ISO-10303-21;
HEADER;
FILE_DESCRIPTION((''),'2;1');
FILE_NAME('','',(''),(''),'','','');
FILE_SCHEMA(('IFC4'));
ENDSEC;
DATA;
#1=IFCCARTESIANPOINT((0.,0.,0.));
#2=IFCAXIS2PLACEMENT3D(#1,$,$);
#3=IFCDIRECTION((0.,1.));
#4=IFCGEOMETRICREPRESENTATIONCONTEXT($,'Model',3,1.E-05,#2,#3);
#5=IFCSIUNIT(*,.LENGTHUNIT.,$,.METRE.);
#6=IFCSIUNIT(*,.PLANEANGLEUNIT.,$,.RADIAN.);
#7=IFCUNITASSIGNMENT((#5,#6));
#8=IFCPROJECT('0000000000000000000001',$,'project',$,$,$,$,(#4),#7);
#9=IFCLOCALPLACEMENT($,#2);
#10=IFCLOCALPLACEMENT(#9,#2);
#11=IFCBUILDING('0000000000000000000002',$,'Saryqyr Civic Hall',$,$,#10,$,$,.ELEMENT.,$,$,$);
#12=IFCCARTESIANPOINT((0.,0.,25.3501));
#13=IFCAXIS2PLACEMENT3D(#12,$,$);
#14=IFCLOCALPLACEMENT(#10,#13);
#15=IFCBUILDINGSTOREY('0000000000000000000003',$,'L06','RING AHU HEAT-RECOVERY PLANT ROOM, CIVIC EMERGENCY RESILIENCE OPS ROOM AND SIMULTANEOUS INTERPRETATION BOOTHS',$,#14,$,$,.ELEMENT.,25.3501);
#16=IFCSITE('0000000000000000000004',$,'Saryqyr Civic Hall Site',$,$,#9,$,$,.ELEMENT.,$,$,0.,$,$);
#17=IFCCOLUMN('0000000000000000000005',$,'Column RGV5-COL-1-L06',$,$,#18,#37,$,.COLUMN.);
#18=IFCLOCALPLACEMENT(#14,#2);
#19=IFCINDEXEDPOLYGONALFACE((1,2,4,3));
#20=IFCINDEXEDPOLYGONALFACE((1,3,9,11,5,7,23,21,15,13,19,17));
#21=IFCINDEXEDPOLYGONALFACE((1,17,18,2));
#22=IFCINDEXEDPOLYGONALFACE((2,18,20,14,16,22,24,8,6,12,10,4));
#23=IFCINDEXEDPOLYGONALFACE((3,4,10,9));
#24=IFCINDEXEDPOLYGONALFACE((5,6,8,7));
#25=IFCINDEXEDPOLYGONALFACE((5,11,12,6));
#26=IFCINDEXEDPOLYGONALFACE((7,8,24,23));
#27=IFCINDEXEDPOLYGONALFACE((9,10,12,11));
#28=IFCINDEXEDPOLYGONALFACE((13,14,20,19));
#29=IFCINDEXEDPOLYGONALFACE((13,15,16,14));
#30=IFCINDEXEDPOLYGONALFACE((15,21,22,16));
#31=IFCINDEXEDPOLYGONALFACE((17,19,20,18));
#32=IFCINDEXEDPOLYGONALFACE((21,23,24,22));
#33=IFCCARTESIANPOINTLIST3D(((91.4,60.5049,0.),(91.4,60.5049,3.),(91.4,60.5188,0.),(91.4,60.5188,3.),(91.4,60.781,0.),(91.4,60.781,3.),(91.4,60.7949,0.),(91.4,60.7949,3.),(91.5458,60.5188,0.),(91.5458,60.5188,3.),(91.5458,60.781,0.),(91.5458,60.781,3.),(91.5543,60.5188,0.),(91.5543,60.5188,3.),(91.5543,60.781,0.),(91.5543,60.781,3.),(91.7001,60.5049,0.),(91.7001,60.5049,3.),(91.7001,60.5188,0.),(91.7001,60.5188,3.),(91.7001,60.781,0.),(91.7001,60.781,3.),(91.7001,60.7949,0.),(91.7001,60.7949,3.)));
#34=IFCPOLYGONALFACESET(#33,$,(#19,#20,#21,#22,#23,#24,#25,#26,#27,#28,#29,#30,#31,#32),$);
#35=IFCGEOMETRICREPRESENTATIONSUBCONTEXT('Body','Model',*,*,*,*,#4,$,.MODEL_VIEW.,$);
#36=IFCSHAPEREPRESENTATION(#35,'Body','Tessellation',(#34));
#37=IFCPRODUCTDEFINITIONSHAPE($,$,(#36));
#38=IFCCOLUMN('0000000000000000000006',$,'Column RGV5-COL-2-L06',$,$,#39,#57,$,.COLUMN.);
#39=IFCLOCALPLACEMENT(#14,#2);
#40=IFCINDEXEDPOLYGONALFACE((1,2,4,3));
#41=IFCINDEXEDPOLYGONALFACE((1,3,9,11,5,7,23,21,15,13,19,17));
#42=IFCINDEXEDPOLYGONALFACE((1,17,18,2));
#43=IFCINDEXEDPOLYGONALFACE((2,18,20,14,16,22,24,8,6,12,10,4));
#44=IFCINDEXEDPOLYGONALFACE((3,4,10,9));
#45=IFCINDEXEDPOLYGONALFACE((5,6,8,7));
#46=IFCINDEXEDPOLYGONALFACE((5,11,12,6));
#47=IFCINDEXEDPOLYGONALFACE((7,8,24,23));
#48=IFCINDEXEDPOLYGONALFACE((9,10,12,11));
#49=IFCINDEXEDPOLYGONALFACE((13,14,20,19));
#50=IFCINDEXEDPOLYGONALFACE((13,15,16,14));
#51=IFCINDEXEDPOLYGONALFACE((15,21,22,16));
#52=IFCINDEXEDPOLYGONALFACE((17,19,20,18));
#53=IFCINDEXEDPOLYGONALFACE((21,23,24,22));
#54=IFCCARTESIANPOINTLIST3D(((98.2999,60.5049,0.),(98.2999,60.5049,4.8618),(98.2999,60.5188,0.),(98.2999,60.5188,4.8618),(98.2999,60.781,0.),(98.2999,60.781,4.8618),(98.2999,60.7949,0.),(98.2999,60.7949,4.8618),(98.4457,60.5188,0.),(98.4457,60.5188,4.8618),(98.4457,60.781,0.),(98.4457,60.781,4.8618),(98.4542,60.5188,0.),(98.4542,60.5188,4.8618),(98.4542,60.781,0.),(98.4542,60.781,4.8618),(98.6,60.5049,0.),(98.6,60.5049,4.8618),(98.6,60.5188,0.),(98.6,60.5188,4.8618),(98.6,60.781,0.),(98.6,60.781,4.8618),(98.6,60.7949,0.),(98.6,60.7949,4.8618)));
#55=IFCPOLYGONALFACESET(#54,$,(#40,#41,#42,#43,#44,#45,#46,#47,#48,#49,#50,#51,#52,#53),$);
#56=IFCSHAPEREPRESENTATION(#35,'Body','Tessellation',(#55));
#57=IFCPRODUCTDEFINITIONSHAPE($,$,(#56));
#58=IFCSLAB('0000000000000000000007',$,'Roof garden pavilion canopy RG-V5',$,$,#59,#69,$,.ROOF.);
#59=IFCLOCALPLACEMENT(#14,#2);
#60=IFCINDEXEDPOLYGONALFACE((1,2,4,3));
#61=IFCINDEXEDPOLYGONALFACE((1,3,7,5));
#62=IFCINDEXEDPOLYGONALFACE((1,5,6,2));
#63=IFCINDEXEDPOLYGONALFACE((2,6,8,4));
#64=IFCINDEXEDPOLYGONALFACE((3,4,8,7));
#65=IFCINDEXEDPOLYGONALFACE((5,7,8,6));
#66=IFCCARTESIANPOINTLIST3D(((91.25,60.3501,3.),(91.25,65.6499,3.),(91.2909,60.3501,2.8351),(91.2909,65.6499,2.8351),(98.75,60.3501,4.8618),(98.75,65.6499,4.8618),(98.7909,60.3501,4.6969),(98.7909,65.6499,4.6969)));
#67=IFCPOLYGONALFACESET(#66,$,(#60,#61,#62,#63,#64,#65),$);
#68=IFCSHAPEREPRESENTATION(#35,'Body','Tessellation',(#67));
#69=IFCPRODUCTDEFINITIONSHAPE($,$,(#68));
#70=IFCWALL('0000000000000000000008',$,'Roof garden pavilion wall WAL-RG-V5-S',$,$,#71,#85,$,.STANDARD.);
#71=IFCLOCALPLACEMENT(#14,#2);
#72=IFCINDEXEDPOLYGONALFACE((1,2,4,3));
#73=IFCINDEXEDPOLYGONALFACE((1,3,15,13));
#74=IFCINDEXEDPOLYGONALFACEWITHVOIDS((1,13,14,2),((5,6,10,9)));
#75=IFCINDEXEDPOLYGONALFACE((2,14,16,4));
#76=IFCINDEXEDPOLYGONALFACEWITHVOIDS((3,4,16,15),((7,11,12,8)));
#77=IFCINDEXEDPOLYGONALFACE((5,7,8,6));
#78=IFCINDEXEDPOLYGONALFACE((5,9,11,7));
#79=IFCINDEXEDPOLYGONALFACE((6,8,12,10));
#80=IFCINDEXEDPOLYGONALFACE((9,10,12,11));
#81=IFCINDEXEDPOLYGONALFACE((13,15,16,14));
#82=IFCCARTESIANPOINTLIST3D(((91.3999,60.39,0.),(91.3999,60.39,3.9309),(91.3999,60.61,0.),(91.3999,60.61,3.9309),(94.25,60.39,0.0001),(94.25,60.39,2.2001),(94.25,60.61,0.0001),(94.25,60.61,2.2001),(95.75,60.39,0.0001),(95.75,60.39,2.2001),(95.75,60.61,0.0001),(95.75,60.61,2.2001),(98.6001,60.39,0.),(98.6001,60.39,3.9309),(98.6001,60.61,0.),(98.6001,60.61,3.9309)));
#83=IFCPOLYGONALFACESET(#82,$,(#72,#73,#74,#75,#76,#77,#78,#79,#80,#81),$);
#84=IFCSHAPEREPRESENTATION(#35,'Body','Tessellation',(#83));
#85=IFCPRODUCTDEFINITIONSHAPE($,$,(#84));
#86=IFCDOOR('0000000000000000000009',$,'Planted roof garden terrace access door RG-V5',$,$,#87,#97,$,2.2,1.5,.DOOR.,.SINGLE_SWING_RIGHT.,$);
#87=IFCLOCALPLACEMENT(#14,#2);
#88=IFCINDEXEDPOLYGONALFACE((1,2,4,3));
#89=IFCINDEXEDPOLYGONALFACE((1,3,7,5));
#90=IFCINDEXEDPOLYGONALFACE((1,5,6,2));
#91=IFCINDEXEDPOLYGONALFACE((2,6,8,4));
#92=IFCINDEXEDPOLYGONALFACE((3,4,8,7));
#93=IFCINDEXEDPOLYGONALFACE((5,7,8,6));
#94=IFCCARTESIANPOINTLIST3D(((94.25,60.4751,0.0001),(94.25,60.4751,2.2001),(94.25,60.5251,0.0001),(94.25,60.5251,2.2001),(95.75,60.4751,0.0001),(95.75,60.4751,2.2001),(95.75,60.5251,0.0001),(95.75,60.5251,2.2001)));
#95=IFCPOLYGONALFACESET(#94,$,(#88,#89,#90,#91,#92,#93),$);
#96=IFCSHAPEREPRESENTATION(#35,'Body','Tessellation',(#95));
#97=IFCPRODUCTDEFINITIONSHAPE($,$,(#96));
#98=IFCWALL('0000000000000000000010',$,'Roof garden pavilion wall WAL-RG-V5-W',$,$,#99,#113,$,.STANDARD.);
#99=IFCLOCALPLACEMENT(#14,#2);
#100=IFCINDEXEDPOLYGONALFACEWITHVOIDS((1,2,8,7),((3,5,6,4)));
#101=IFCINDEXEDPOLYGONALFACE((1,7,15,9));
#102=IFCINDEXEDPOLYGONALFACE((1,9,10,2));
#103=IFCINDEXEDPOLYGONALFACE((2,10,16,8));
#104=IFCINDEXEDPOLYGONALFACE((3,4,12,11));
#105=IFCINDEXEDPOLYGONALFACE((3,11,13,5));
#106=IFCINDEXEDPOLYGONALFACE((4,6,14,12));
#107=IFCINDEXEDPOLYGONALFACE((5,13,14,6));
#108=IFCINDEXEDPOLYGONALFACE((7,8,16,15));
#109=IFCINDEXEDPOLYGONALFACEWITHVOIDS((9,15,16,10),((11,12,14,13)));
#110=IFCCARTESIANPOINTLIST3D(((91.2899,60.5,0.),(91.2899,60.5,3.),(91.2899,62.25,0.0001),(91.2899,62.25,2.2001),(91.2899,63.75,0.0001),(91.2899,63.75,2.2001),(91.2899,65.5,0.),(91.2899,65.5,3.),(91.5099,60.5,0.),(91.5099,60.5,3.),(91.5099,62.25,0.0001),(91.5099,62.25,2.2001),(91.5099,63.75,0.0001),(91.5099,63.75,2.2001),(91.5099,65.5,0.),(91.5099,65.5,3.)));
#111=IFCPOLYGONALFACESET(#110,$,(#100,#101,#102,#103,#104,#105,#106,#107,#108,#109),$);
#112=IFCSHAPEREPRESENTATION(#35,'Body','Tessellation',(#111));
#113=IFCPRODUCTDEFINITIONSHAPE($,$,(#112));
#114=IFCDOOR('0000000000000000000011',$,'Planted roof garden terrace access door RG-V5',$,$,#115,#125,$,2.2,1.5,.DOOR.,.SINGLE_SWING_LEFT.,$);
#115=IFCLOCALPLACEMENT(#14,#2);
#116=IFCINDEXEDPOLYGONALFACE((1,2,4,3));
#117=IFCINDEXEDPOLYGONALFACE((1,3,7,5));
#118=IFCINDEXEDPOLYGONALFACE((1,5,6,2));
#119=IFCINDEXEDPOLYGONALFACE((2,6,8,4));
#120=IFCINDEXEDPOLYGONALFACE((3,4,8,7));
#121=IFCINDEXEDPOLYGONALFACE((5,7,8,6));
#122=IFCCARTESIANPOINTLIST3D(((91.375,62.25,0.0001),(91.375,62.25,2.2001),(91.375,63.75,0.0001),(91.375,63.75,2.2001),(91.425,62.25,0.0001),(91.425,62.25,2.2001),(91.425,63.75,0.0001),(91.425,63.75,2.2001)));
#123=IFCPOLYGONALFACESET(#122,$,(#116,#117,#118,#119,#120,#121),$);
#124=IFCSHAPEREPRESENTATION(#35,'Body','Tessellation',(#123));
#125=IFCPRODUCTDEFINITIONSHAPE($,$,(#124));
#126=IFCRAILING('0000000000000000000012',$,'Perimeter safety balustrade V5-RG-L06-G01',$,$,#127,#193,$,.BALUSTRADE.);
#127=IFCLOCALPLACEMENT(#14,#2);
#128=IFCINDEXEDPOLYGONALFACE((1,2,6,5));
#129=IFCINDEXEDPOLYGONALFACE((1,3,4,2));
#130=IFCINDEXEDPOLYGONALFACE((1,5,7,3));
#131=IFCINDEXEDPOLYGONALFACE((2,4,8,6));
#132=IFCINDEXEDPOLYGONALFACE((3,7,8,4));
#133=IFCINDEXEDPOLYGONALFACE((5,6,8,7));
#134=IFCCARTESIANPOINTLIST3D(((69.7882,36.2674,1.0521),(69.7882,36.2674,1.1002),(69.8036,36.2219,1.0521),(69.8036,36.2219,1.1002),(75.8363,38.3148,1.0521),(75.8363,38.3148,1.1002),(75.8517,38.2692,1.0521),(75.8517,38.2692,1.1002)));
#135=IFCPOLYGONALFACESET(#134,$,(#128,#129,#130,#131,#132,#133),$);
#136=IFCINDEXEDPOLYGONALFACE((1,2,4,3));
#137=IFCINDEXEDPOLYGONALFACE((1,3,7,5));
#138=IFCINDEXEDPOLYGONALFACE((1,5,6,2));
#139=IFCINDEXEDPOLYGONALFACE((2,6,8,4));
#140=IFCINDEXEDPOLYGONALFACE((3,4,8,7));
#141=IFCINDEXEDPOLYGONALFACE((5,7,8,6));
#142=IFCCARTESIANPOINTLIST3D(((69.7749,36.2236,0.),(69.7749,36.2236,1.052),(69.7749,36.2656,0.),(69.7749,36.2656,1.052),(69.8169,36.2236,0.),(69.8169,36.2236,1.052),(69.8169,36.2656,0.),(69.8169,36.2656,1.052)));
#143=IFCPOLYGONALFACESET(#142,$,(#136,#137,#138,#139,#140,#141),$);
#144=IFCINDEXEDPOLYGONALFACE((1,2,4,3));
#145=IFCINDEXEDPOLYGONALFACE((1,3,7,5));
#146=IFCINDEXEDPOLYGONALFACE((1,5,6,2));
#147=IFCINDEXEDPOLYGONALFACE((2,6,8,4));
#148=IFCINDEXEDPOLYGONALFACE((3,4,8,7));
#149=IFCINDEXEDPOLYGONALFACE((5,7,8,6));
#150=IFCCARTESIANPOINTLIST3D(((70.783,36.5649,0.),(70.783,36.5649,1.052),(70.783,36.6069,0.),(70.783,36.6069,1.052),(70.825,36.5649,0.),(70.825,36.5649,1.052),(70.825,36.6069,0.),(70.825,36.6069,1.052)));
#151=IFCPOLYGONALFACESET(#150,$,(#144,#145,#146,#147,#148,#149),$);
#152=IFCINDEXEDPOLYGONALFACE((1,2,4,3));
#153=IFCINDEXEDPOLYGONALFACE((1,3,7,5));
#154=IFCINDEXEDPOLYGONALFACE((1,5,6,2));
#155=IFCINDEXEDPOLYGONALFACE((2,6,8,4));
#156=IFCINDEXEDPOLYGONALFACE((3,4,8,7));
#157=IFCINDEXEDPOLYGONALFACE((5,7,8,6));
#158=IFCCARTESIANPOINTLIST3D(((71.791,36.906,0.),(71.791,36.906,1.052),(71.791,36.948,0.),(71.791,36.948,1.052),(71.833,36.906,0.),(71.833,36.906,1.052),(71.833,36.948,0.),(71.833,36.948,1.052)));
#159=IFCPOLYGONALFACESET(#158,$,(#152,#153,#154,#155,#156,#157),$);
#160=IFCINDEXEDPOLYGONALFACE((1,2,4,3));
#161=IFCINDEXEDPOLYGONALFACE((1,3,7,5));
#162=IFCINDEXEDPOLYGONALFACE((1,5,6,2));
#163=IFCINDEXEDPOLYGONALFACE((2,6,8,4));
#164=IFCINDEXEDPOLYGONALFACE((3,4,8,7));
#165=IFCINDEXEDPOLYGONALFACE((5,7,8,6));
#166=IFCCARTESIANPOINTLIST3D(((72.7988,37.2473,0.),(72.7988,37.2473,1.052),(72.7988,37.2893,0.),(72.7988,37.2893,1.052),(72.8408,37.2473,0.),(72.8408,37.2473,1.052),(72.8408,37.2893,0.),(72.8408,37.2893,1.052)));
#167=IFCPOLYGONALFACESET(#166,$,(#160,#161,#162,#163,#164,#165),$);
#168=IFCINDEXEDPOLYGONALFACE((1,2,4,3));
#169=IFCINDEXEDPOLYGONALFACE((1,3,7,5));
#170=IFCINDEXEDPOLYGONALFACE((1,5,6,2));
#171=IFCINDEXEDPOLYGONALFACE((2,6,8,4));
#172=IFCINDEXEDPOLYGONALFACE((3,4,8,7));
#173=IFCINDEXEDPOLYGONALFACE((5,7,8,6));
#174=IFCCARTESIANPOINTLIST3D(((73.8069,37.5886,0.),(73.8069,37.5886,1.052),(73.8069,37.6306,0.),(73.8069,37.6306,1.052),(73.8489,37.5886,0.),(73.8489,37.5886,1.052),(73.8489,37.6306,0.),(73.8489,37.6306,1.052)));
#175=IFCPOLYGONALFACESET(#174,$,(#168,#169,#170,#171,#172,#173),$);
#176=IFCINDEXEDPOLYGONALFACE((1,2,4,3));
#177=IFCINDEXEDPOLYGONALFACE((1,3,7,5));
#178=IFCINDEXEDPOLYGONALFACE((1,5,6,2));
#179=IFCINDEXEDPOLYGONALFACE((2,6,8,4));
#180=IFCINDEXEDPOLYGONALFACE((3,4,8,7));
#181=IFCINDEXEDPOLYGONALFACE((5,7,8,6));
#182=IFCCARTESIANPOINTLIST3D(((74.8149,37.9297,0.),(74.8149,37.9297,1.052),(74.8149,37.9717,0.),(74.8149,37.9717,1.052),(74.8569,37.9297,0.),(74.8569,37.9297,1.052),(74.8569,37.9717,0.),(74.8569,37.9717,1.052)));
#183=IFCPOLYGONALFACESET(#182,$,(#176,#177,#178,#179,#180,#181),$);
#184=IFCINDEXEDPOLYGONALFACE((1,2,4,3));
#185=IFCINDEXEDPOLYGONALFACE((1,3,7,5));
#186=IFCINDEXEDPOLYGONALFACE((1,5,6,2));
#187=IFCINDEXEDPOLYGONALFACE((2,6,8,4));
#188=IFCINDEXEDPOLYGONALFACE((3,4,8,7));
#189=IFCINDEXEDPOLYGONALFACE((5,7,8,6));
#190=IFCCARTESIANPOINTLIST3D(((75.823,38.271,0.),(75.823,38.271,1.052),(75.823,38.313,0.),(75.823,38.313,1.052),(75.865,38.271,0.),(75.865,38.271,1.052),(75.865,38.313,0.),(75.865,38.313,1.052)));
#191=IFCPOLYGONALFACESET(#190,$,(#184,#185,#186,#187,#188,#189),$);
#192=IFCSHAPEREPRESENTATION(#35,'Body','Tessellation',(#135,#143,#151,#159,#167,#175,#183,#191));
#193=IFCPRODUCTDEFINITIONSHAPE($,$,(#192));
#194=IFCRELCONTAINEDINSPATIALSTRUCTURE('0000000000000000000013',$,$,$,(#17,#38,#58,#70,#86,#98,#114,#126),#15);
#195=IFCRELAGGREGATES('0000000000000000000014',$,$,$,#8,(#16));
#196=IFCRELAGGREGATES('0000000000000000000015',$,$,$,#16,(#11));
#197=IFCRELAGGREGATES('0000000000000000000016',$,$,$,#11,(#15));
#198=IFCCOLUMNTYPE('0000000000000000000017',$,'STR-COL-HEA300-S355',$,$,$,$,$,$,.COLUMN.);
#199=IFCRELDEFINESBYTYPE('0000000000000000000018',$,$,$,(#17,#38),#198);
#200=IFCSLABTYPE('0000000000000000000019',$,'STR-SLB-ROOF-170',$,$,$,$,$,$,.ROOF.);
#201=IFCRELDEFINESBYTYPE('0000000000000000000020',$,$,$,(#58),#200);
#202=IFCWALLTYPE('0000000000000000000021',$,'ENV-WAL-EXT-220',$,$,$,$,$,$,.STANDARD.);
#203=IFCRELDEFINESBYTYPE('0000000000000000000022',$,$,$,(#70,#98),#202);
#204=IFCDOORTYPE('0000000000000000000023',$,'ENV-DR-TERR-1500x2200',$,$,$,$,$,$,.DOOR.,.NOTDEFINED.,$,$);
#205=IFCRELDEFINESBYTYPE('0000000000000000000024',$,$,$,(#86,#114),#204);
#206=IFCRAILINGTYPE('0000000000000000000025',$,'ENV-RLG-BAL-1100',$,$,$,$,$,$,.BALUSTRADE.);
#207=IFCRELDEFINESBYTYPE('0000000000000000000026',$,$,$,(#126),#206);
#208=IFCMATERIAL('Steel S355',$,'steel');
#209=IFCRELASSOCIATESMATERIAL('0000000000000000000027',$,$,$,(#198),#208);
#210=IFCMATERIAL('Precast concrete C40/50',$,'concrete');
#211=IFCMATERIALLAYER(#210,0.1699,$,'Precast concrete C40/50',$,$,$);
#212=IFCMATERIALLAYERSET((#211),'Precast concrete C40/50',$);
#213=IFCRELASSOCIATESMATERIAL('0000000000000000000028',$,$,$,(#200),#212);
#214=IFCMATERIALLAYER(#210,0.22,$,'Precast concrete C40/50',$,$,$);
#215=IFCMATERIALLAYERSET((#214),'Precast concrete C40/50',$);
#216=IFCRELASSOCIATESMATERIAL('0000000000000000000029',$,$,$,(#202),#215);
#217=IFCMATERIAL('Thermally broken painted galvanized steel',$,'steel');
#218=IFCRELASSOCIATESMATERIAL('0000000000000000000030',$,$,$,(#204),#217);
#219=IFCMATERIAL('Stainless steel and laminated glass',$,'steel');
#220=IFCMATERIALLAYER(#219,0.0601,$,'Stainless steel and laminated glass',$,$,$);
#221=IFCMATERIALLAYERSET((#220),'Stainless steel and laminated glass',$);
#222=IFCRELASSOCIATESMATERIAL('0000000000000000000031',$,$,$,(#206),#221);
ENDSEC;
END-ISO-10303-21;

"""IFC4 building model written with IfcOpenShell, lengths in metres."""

from ifc_helpers import new_model, si_unit, direction, frame, frame_2d, origin, origin_2d, place, context, subcontext, project, spatial, polyline, rectangle, i_section, outline, extrude, material, layer, layer_set, material_profile, profile_set, type_object, element, fill, save


model = new_model("IFC4")

# Units and contexts
model_context = context("Model", 3, precision=1e-05, world=origin(), true_north=direction((0.0, 1.0)))
body_context = subcontext(model_context, "Body", "Model", "MODEL_VIEW")
ifc_project = project(units=[si_unit("LENGTHUNIT", "METRE"), si_unit("PLANEANGLEUNIT", "RADIAN")], contexts=[model_context])

# Site, building, storey
site_placement = place(None, origin())
site = spatial("IfcSite", under=ifc_project, at=site_placement, Name="Saryqyr Civic Hall Site", CompositionType="ELEMENT", RefElevation=0.0)
building_placement = place(site_placement, origin())
building = spatial("IfcBuilding", under=site, at=building_placement, Name="Saryqyr Civic Hall", CompositionType="ELEMENT")
storey_placement = place(building_placement, frame((0.0, 0.0, 25.3501)))
storey = spatial("IfcBuildingStorey", under=building, at=storey_placement, Name="L06", Description="RING AHU HEAT-RECOVERY PLANT ROOM, CIVIC EMERGENCY RESILIENCE OPS ROOM AND SIMULTANEOUS INTERPRETATION BOOTHS", CompositionType="ELEMENT", Elevation=25.3501)

# Columns
ifc_material_1 = material(Name="Steel S355", Category="steel")
ifc_material_profile = material_profile(ifc_material_1, i_section(OverallWidth=0.3, OverallDepth=0.29, WebThickness=0.0085, FlangeThickness=0.0139, at=origin_2d()), Name="HEA 300")
ifc_profile_set = profile_set([ifc_material_profile], Name="Steel S355")
column_type = type_object("IfcColumnType", Name="STR-COL-HEA300-S355", PredefinedType="COLUMN", material=ifc_profile_set)
column_1_placement = place(storey_placement, frame((91.55, 60.6499, 0.0), z_axis=(0.0, 0.0, 1.0), x_axis=(1.0, 0.0, 0.0)))
element("IfcColumn", 1, at=column_1_placement, inside=storey, type_object=column_type, Name="Column RGV5-COL-1-L06", PredefinedType="COLUMN", context=body_context, shape_type="SweptSolid", body=[
    extrude(i_section(OverallWidth=0.3, OverallDepth=0.29, WebThickness=0.0085, FlangeThickness=0.0139, at=origin_2d()), origin(), (0.0, 0.0, 1.0), 3.0),
])
column_2_placement = place(storey_placement, frame((98.45, 60.6499, 0.0), z_axis=(0.0, 0.0, 1.0), x_axis=(1.0, 0.0, 0.0)))
element("IfcColumn", 2, at=column_2_placement, inside=storey, type_object=column_type, Name="Column RGV5-COL-2-L06", PredefinedType="COLUMN", context=body_context, shape_type="SweptSolid", body=[
    extrude(i_section(OverallWidth=0.3, OverallDepth=0.29, WebThickness=0.0085, FlangeThickness=0.0139, at=origin_2d()), origin(), (0.0, 0.0, 1.0), 4.8618),
])

# Slab
ifc_material_2 = material(Name="Precast concrete C40/50", Category="concrete")
ifc_layer_1 = layer(ifc_material_2, 0.1699, Name="Precast concrete C40/50")
ifc_layer_set_1 = layer_set([ifc_layer_1], Name="Precast concrete C40/50")
slab_type = type_object("IfcSlabType", Name="STR-SLB-ROOF-170", PredefinedType="ROOF", material=ifc_layer_set_1)
slab_placement = place(storey_placement, frame((91.25, 60.3501, 3.0), z_axis=(-0.24093, 0.0, 0.970543), x_axis=(0.970543, 0.0, 0.24093)))
element("IfcSlab", 3, at=slab_placement, inside=storey, type_object=slab_type, Name="Roof garden pavilion canopy RG-V5", PredefinedType="ROOF", context=body_context, shape_type="SweptSolid", body=[
    extrude(outline(polyline([(0.0, 0.0), (7.7276, 0.0), (7.7276, 5.2998), (0.0, 5.2998), (0.0, 0.0)])), origin(), (0.0, 0.0, -1.0), 0.1699),
])

# Walls, openings, doors
ifc_layer_2 = layer(ifc_material_2, 0.22, Name="Precast concrete C40/50")
ifc_layer_set_2 = layer_set([ifc_layer_2], Name="Precast concrete C40/50")
wall_type = type_object("IfcWallType", Name="ENV-WAL-EXT-220", PredefinedType="STANDARD", material=ifc_layer_set_2)
wall_1_placement = place(storey_placement, frame((98.6001, 60.5, 0.0), z_axis=(0.0, 0.0, 1.0), x_axis=(-1.0, 0.0, 0.0)))
wall_1 = element("IfcWall", 4, at=wall_1_placement, inside=storey, type_object=wall_type, Name="Roof garden pavilion wall WAL-RG-V5-S", PredefinedType="STANDARD", context=body_context, shape_type="SweptSolid", body=[
    extrude(rectangle(XDim=7.2002, YDim=0.22, at=frame_2d((3.6001, 0.0))), origin(), (0.0, 0.0, 1.0), 3.9309),
])
opening_1_placement = place(wall_1_placement, frame((2.8501, 0.0, 0.0)))
opening_1 = element("IfcOpeningElement", 5, at=opening_1_placement, cuts=wall_1, PredefinedType="OPENING", context=body_context, shape_type="SweptSolid", body=[
    extrude(rectangle(XDim=1.5, YDim=2.2, at=frame_2d((0.75, 1.1001))), frame((0.0, 0.1199, 0.0), z_axis=(0.0, -1.0, 0.0), x_axis=(1.0, 0.0, 0.0)), (0.0, 0.0, 1.0), 0.24),
])
ifc_material_3 = material(Name="Thermally broken painted galvanized steel", Category="steel")
door_type = type_object("IfcDoorType", Name="ENV-DR-TERR-1500x2200", OperationType="NOTDEFINED", PredefinedType="DOOR", material=ifc_material_3)
door_1_placement = place(opening_1_placement, origin())
door_1 = element("IfcDoor", 6, at=door_1_placement, inside=storey, type_object=door_type, Name="Planted roof garden terrace access door RG-V5", OperationType="SINGLE_SWING_RIGHT", OverallHeight=2.2, OverallWidth=1.5, PredefinedType="DOOR", context=body_context, shape_type="SweptSolid", body=[
    extrude(rectangle(XDim=1.5, YDim=2.2, at=frame_2d((0.75, 1.1001))), frame((0.0, 0.0249, 0.0), z_axis=(0.0, -1.0, 0.0), x_axis=(1.0, 0.0, 0.0)), (0.0, 0.0, 1.0), 0.05),
])
fill(opening_1, door_1)
wall_2_placement = place(storey_placement, frame((91.3999, 60.5, 0.0), z_axis=(0.0, 0.0, 1.0), x_axis=(0.0, 1.0, 0.0)))
wall_2 = element("IfcWall", 7, at=wall_2_placement, inside=storey, type_object=wall_type, Name="Roof garden pavilion wall WAL-RG-V5-W", PredefinedType="STANDARD", context=body_context, shape_type="SweptSolid", body=[
    extrude(rectangle(XDim=5.0, YDim=0.22, at=frame_2d((2.5, 0.0))), origin(), (0.0, 0.0, 1.0), 3.0),
])
opening_2_placement = place(wall_2_placement, frame((1.75, 0.0, 0.0)))
opening_2 = element("IfcOpeningElement", 8, at=opening_2_placement, cuts=wall_2, PredefinedType="OPENING", context=body_context, shape_type="SweptSolid", body=[
    extrude(rectangle(XDim=1.5, YDim=2.2, at=frame_2d((0.75, 1.1001))), frame((0.0, 0.1199, 0.0), z_axis=(0.0, -1.0, 0.0), x_axis=(1.0, 0.0, 0.0)), (0.0, 0.0, 1.0), 0.24),
])
door_2_placement = place(opening_2_placement, origin())
door_2 = element("IfcDoor", 9, at=door_2_placement, inside=storey, type_object=door_type, Name="Planted roof garden terrace access door RG-V5", OperationType="SINGLE_SWING_LEFT", OverallHeight=2.2, OverallWidth=1.5, PredefinedType="DOOR", context=body_context, shape_type="SweptSolid", body=[
    extrude(rectangle(XDim=1.5, YDim=2.2, at=frame_2d((0.75, 1.1001))), frame((0.0, 0.0249, 0.0), z_axis=(0.0, -1.0, 0.0), x_axis=(1.0, 0.0, 0.0)), (0.0, 0.0, 1.0), 0.05),
])
fill(opening_2, door_2)

# Railing
ifc_material_4 = material(Name="Stainless steel and laminated glass", Category="steel")
ifc_layer_3 = layer(ifc_material_4, 0.0601, Name="Stainless steel and laminated glass")
ifc_layer_set_3 = layer_set([ifc_layer_3], Name="Stainless steel and laminated glass")
railing_type = type_object("IfcRailingType", Name="ENV-RLG-BAL-1100", PredefinedType="BALUSTRADE", material=ifc_layer_set_3)
railing_1_placement = place(storey_placement, frame((69.7959, 36.2446, 0.0)))
element("IfcRailing", 10, at=railing_1_placement, inside=storey, type_object=railing_type, Name="Perimeter safety balustrade V5-RG-L06-G01", PredefinedType="BALUSTRADE", context=body_context, shape_type="SweptSolid", body=[
    extrude(rectangle(XDim=0.0481, YDim=0.0481, at=origin_2d()), frame((0.0, 0.0, 1.0762), z_axis=(0.947201, 0.320641, 0.0), x_axis=(-0.320641, 0.947201, 0.0)), (0.0, 0.0, 1.0), 6.3853),
    extrude(rectangle(XDim=0.042, YDim=0.042, at=origin_2d()), origin(), (0.0, 0.0, 1.0), 1.052),
    extrude(rectangle(XDim=0.042, YDim=0.042, at=origin_2d()), frame((1.0081, 0.3413, 0.0)), (0.0, 0.0, 1.0), 1.052),
    extrude(rectangle(XDim=0.042, YDim=0.042, at=origin_2d()), frame((2.0161, 0.6824, 0.0)), (0.0, 0.0, 1.0), 1.052),
    extrude(rectangle(XDim=0.042, YDim=0.042, at=origin_2d()), frame((3.0239, 1.0237, 0.0)), (0.0, 0.0, 1.0), 1.052),
    extrude(rectangle(XDim=0.042, YDim=0.042, at=origin_2d()), frame((4.032, 1.365, 0.0)), (0.0, 0.0, 1.0), 1.052),
    extrude(rectangle(XDim=0.042, YDim=0.042, at=origin_2d()), frame((5.04, 1.7061, 0.0)), (0.0, 0.0, 1.0), 1.052),
    extrude(rectangle(XDim=0.042, YDim=0.042, at=origin_2d()), frame((6.0481, 2.0474, 0.0)), (0.0, 0.0, 1.0), 1.052),
])

save(model, "model.ifc")
